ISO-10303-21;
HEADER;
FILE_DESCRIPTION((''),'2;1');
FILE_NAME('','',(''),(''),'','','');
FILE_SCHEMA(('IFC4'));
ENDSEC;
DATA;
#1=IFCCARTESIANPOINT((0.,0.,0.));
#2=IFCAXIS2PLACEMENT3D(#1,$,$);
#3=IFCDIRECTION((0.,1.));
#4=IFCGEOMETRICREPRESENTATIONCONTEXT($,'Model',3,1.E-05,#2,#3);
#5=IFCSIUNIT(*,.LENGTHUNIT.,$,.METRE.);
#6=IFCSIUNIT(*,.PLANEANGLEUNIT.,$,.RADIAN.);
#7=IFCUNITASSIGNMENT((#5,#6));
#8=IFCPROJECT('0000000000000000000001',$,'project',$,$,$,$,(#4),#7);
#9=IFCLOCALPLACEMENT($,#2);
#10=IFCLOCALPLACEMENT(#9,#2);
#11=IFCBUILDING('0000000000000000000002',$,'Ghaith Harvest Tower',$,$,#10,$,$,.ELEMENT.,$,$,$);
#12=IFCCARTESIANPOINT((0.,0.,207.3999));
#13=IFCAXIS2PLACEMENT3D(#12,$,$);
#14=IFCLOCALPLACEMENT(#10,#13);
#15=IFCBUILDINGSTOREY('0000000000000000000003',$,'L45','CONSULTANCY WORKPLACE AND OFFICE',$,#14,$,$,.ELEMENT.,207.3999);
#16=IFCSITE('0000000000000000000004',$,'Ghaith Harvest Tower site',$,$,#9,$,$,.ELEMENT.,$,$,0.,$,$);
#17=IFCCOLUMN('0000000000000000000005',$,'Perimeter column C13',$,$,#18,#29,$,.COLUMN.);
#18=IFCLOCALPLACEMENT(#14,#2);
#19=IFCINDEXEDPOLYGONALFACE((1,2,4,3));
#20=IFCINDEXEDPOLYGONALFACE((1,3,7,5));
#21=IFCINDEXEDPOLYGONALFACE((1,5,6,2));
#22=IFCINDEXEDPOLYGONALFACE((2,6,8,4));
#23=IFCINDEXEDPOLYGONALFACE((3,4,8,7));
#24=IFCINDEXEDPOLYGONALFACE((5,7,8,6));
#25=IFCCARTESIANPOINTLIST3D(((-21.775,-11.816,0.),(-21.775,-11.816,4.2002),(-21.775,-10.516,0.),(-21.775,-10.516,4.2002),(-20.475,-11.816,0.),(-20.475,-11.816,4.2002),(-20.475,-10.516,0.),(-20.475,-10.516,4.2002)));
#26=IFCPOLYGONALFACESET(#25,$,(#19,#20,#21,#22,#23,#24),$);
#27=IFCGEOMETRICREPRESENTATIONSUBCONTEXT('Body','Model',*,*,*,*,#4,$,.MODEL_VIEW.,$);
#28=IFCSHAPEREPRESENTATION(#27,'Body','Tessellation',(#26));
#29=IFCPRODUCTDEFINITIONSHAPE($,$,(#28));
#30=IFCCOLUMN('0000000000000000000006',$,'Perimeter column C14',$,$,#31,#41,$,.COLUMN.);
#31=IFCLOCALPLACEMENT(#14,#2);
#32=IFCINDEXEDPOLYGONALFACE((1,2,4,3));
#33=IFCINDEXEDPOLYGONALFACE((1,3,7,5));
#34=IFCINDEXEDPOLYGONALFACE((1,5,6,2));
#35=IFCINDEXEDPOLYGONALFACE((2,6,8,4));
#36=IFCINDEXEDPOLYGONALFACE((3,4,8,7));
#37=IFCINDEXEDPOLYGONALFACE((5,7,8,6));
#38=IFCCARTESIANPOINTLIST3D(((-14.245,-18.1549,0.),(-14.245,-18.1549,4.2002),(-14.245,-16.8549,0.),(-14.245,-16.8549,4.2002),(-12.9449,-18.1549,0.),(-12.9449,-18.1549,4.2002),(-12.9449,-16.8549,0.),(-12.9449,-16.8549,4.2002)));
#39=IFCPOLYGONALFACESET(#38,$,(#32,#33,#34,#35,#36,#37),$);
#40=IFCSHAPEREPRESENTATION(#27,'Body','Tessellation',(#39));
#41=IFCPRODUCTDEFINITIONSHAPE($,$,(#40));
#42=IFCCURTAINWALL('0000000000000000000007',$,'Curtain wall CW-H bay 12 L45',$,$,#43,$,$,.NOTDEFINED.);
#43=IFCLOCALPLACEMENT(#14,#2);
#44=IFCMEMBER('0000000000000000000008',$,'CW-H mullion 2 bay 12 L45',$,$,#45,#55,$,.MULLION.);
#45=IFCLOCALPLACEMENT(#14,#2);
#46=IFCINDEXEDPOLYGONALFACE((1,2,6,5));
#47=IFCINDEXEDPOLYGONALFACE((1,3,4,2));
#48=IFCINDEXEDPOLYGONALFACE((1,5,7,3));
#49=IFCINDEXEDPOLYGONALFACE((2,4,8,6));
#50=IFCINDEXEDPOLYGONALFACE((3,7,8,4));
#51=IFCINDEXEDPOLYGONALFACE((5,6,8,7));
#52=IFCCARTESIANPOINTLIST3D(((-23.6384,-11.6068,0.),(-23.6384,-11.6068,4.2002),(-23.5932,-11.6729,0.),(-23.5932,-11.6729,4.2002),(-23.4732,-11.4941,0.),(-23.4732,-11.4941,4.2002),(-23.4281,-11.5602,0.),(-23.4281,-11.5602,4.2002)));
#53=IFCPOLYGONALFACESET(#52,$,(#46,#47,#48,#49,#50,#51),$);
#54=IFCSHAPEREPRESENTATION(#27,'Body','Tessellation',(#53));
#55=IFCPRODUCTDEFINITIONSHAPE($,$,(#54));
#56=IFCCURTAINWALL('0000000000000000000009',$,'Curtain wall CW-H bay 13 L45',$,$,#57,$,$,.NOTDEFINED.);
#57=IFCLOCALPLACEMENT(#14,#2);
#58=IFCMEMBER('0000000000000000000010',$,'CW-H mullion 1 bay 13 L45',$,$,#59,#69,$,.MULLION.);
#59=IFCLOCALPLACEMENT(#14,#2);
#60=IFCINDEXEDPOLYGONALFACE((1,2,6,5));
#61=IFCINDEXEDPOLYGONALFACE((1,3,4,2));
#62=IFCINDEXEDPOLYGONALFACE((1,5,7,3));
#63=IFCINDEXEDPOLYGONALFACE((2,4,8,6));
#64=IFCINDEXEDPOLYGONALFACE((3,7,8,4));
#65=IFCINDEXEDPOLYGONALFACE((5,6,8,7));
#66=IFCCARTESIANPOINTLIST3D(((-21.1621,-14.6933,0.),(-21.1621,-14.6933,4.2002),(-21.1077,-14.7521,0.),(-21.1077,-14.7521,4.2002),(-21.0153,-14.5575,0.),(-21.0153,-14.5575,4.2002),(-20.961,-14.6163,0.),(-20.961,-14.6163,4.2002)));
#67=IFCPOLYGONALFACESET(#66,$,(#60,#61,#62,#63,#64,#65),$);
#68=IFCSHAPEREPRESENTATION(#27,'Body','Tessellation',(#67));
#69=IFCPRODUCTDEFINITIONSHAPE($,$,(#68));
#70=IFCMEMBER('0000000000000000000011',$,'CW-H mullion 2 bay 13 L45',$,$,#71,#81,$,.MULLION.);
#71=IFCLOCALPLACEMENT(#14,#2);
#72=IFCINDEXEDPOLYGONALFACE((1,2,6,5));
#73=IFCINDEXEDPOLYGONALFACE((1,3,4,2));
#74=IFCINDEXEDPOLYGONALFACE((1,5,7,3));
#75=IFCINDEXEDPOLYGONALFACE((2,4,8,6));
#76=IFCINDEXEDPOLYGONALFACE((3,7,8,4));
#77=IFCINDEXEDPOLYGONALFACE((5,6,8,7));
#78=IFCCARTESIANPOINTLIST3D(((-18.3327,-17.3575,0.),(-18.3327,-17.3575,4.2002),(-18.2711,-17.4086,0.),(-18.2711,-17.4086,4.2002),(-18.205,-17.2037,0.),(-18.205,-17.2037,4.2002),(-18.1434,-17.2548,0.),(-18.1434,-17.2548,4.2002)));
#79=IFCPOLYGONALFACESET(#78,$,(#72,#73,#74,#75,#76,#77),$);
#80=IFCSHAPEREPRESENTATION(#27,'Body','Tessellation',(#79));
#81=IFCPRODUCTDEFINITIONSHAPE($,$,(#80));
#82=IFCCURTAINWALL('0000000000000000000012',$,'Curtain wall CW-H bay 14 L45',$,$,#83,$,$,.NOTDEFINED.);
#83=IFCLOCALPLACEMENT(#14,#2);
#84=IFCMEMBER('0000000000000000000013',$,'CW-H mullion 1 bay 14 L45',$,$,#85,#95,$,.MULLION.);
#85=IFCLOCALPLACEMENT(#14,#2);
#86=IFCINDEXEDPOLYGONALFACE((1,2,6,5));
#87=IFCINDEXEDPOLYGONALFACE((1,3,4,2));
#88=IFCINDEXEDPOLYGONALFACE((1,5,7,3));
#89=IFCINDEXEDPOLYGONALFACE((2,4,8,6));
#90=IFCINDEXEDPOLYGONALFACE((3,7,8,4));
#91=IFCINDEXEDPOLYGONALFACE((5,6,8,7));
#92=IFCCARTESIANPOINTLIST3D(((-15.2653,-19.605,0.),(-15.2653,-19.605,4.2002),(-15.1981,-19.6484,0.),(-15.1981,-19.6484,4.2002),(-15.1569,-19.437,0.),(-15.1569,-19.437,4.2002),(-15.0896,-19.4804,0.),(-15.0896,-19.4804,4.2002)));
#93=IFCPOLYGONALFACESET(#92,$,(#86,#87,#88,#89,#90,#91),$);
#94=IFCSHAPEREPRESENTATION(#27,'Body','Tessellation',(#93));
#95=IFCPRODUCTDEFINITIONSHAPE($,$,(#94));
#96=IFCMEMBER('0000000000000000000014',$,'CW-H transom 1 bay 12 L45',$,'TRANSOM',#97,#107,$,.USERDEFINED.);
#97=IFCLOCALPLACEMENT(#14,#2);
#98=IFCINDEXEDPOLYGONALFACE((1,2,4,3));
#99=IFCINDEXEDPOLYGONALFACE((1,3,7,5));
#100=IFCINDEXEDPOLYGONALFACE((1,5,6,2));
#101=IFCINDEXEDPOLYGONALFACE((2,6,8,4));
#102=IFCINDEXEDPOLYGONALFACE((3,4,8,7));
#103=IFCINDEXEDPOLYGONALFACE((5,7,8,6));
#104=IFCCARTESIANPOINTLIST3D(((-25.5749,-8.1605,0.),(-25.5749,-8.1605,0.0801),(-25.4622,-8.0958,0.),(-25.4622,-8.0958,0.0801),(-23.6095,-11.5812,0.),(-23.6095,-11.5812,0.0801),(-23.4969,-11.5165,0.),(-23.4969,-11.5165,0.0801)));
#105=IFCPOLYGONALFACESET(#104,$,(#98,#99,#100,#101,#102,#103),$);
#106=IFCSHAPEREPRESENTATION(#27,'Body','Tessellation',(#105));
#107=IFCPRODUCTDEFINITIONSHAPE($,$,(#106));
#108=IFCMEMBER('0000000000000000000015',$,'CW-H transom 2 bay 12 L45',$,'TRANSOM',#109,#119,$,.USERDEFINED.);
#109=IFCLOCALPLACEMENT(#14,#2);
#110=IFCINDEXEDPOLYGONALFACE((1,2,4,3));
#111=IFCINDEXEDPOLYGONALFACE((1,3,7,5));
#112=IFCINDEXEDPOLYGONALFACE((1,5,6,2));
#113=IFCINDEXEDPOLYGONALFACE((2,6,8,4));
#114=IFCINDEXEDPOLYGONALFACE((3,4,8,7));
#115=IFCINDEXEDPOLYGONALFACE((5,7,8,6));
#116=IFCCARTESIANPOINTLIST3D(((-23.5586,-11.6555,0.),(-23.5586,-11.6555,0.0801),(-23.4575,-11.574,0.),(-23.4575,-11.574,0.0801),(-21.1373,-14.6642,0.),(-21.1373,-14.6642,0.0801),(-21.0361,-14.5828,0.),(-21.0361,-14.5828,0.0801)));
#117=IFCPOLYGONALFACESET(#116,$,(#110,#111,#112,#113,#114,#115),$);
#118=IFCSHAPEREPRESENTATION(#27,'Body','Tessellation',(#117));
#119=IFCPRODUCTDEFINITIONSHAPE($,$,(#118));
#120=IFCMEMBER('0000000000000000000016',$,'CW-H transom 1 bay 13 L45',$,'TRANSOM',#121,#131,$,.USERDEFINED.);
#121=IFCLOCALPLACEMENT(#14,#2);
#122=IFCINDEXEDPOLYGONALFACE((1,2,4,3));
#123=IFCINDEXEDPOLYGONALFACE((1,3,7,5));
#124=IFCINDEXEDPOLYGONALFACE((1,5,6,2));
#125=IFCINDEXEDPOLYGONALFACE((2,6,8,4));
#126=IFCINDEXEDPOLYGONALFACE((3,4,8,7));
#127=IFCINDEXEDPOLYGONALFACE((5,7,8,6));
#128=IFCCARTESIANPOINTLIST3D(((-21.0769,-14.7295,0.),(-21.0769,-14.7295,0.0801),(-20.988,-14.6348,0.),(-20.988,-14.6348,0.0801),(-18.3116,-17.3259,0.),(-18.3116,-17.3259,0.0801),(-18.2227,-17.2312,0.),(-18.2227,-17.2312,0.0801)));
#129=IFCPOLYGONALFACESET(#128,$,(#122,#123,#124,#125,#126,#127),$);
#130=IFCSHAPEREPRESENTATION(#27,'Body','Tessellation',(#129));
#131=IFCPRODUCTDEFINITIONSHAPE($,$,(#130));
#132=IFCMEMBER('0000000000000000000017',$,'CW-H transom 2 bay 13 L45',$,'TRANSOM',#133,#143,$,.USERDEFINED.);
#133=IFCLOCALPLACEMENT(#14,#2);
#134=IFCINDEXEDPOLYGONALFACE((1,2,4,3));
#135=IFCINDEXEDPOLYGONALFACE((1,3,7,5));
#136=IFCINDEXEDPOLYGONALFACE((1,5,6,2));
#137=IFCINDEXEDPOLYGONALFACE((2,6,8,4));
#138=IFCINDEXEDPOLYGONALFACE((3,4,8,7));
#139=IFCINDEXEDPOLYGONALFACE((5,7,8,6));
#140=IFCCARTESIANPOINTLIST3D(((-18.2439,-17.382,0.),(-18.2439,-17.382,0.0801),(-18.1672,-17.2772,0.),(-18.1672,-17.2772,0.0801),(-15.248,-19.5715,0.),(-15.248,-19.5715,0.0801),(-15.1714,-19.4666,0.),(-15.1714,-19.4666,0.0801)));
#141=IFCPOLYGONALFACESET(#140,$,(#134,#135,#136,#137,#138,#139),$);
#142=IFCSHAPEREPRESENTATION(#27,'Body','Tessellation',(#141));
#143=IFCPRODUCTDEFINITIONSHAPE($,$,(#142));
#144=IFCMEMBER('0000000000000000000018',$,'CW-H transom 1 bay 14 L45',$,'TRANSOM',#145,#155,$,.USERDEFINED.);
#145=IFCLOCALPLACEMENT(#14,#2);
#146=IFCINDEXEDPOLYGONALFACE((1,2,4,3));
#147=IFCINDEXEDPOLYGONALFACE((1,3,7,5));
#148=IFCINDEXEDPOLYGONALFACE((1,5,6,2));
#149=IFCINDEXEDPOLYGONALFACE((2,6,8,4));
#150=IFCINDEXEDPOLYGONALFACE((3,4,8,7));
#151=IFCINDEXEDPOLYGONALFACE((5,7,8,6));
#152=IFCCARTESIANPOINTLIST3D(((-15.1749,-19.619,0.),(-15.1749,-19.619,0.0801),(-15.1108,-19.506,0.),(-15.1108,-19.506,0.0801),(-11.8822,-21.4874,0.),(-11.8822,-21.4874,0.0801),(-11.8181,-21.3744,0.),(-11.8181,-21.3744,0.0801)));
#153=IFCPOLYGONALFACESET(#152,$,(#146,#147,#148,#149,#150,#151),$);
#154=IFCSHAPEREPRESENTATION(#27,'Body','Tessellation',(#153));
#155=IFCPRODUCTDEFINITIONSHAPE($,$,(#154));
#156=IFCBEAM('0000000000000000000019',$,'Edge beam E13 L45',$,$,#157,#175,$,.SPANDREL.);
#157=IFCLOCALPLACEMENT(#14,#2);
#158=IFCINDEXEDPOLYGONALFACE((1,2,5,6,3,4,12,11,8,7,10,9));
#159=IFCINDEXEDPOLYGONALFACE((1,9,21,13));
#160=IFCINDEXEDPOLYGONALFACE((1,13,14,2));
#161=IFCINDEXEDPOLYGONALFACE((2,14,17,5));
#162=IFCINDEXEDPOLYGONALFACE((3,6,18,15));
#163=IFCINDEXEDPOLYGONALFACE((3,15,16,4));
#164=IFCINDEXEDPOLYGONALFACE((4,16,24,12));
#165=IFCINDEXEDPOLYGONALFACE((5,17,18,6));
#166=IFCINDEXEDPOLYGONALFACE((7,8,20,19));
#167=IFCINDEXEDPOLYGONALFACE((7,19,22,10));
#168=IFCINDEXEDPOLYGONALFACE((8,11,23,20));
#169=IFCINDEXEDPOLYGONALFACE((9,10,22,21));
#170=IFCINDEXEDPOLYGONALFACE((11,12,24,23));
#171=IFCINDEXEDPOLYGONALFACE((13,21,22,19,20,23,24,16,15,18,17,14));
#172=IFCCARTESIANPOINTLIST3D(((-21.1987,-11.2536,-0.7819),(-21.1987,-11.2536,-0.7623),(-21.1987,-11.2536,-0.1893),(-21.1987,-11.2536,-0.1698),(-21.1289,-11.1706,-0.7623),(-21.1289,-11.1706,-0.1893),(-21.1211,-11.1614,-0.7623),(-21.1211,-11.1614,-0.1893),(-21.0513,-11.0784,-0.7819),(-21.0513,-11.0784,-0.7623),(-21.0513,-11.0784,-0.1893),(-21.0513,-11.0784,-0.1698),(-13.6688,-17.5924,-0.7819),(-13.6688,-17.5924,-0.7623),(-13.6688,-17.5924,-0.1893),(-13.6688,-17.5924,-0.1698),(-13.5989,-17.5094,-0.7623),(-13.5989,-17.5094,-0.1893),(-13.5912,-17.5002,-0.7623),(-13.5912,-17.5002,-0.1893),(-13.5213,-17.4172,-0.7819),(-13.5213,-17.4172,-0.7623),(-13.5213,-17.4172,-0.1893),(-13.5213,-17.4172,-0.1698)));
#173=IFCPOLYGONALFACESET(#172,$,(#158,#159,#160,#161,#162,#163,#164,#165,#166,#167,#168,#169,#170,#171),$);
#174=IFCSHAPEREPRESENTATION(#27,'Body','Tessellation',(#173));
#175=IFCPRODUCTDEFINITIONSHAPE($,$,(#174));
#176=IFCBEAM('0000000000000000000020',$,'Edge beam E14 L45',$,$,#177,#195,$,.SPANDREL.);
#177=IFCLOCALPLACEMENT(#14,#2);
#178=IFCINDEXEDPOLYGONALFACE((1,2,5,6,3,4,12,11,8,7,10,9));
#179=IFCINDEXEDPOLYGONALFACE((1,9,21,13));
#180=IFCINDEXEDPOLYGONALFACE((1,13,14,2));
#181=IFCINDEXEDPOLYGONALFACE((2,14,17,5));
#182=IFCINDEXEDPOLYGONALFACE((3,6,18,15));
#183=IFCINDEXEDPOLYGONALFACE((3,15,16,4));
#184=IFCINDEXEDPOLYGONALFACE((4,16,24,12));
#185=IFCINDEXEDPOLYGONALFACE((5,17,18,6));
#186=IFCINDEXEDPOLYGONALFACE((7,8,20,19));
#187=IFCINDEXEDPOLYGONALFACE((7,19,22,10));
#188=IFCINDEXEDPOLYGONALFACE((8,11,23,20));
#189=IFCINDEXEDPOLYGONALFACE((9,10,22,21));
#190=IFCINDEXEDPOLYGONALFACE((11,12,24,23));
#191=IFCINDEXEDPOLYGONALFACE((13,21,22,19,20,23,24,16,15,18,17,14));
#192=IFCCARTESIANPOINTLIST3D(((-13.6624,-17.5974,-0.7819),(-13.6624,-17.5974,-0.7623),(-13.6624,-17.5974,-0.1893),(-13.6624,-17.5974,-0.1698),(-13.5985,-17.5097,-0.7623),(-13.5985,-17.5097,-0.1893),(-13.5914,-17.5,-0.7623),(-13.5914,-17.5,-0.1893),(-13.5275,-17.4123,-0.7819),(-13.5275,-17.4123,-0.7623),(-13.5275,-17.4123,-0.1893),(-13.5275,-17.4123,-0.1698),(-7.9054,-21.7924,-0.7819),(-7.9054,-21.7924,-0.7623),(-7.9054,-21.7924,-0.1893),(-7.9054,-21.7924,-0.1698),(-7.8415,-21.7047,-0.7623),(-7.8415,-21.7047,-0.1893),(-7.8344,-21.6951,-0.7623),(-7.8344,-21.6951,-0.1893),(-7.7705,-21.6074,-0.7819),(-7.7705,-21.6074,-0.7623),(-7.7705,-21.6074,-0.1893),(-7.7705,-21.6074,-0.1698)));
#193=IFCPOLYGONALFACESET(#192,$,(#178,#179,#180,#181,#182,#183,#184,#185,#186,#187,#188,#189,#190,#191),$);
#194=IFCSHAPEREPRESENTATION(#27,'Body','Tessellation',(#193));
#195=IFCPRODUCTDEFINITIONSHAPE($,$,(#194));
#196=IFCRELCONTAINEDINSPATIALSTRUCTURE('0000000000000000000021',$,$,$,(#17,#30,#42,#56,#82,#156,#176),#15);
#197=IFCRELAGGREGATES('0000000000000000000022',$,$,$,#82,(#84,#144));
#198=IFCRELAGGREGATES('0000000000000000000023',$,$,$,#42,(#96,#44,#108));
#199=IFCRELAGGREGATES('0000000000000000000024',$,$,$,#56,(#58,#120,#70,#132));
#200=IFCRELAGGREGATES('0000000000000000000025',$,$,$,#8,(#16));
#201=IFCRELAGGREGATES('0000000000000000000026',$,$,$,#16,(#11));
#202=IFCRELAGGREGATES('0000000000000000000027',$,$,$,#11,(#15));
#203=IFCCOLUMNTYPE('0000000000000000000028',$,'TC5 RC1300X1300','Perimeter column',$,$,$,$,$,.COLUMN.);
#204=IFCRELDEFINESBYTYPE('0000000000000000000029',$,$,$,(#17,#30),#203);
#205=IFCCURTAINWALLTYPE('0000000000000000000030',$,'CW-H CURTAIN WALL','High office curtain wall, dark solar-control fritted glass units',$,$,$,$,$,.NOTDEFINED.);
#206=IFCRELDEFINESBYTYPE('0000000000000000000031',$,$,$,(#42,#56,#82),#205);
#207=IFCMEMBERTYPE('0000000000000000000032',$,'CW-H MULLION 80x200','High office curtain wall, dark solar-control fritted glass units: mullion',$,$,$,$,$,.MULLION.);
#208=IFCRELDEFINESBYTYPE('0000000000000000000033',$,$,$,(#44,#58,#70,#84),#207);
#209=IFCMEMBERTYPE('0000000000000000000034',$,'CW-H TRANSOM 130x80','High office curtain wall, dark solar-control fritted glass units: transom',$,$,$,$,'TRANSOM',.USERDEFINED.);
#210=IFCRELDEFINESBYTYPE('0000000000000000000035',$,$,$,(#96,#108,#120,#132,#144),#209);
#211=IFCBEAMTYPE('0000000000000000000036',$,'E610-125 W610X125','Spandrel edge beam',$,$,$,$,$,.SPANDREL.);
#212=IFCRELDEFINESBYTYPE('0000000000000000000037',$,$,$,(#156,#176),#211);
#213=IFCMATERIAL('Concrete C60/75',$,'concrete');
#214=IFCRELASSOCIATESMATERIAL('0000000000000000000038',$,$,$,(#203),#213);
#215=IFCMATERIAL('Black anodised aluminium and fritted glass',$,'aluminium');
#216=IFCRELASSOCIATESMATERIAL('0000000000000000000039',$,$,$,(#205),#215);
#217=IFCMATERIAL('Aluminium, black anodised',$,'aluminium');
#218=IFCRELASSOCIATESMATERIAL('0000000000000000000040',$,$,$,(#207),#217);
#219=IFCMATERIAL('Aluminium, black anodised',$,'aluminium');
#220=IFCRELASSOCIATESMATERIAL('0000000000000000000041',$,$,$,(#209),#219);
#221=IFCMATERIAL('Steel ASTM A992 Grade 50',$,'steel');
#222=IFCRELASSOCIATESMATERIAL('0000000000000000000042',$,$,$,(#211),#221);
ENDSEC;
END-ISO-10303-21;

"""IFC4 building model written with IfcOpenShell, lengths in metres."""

from ifc_helpers import new_model, si_unit, direction, frame, origin, origin_2d, place, context, subcontext, project, spatial, rectangle, i_section, extrude, material, material_profile, profile_set, type_object, element, aggregate, save


model = new_model("IFC4")

# Units and contexts
model_context = context("Model", 3, precision=1e-05, world=origin(), true_north=direction((0.0, 1.0)))
body_context = subcontext(model_context, "Body", "Model", "MODEL_VIEW")
ifc_project = project(units=[si_unit("LENGTHUNIT", "METRE"), si_unit("PLANEANGLEUNIT", "RADIAN")], contexts=[model_context])

# Site, building, storey
site_placement = place(None, origin())
site = spatial("IfcSite", under=ifc_project, at=site_placement, Name="Ghaith Harvest Tower site", CompositionType="ELEMENT", RefElevation=0.0)
building_placement = place(site_placement, origin())
building = spatial("IfcBuilding", under=site, at=building_placement, Name="Ghaith Harvest Tower", CompositionType="ELEMENT")
storey_placement = place(building_placement, frame((0.0, 0.0, 207.3999)))
storey = spatial("IfcBuildingStorey", under=building, at=storey_placement, Name="L45", Description="CONSULTANCY WORKPLACE AND OFFICE", CompositionType="ELEMENT", Elevation=207.3999)

# Columns
ifc_material_1 = material(Name="Concrete C60/75", Category="concrete")
ifc_material_profile_1 = material_profile(ifc_material_1, rectangle(XDim=1.3, YDim=1.3, at=origin_2d()), Name="RC1300X1300")
ifc_profile_set_1 = profile_set([ifc_material_profile_1], Name="Concrete C60/75")
column_type = type_object("IfcColumnType", Name="TC5 RC1300X1300", Description="Perimeter column", PredefinedType="COLUMN", material=ifc_profile_set_1)
for number, where, z_axis, x_axis, name in (
    (1, (-21.125, -11.166, 0.0), (0.0, 0.0, 1.0), (1.0, 0.0, 0.0), "Perimeter column C13"),
    (2, (-13.595, -17.5049, 0.0), (0.0, 0.0, 1.0), (1.0, 0.0, 0.0), "Perimeter column C14"),
):
    element("IfcColumn", number, at=place(storey_placement, frame(where, z_axis=z_axis, x_axis=x_axis)), inside=storey, type_object=column_type, Name=name, PredefinedType="COLUMN", context=body_context, shape_type="SweptSolid", body=[
        extrude(rectangle(XDim=1.3, YDim=1.3, at=origin_2d()), origin(), (0.0, 0.0, 1.0), 4.2002),
    ])

# Curtain wall, member
ifc_material_2 = material(Name="Black anodised aluminium and fritted glass", Category="aluminium")
curtain_wall_type = type_object("IfcCurtainWallType", Name="CW-H CURTAIN WALL", Description="High office curtain wall, dark solar-control fritted glass units", PredefinedType="NOTDEFINED", material=ifc_material_2)
curtain_wall_1_placement = place(storey_placement, origin())
curtain_wall_1 = element("IfcCurtainWall", 3, at=curtain_wall_1_placement, inside=storey, type_object=curtain_wall_type, Name="Curtain wall CW-H bay 12 L45", PredefinedType="NOTDEFINED")
ifc_material_3 = material(Name="Aluminium, black anodised", Category="aluminium")
ifc_material_profile_2 = material_profile(ifc_material_3, rectangle(XDim=0.0801, YDim=0.2, at=origin_2d()), Name="CW-H MULLION 80x200")
ifc_profile_set_2 = profile_set([ifc_material_profile_2], Name="Aluminium, black anodised")
member_type_1 = type_object("IfcMemberType", Name="CW-H MULLION 80x200", Description="High office curtain wall, dark solar-control fritted glass units: mullion", PredefinedType="MULLION", material=ifc_profile_set_2)
member_1_placement = place(storey_placement, frame((-23.5332, -11.5835, 0.0), z_axis=(0.0, 0.0, 1.0), x_axis=(0.563617, -0.826037, 0.0)))
member_1 = element("IfcMember", 4, at=member_1_placement, type_object=member_type_1, Name="CW-H mullion 2 bay 12 L45", PredefinedType="MULLION", context=body_context, shape_type="SweptSolid", body=[
    extrude(rectangle(XDim=0.0801, YDim=0.2, at=origin_2d()), origin(), (0.0, 0.0, 1.0), 4.2002),
])

# Curtain wall, members
curtain_wall_2_placement = place(storey_placement, origin())
curtain_wall_2 = element("IfcCurtainWall", 5, at=curtain_wall_2_placement, inside=storey, type_object=curtain_wall_type, Name="Curtain wall CW-H bay 13 L45", PredefinedType="NOTDEFINED")
member_2_placement = place(storey_placement, frame((-21.0615, -14.6548, 0.0), z_axis=(0.0, 0.0, 1.0), x_axis=(0.679182, -0.73397, 0.0)))
member_2 = element("IfcMember", 6, at=member_2_placement, type_object=member_type_1, Name="CW-H mullion 1 bay 13 L45", PredefinedType="MULLION", context=body_context, shape_type="SweptSolid", body=[
    extrude(rectangle(XDim=0.0801, YDim=0.2, at=origin_2d()), origin(), (0.0, 0.0, 1.0), 4.2002),
])
member_3_placement = place(storey_placement, frame((-18.238, -17.3062, 0.0), z_axis=(0.0, 0.0, 1.0), x_axis=(0.769217, -0.638988, 0.0)))
member_3 = element("IfcMember", 7, at=member_3_placement, type_object=member_type_1, Name="CW-H mullion 2 bay 13 L45", PredefinedType="MULLION", context=body_context, shape_type="SweptSolid", body=[
    extrude(rectangle(XDim=0.0801, YDim=0.2, at=origin_2d()), origin(), (0.0, 0.0, 1.0), 4.2002),
])

# Curtain wall, member
curtain_wall_3_placement = place(storey_placement, origin())
curtain_wall_3 = element("IfcCurtainWall", 8, at=curtain_wall_3_placement, inside=storey, type_object=curtain_wall_type, Name="Curtain wall CW-H bay 14 L45", PredefinedType="NOTDEFINED")
member_4_placement = place(storey_placement, frame((-15.1775, -19.5427, 0.0), z_axis=(0.0, 0.0, 1.0), x_axis=(0.840234, -0.542225, 0.0)))
member_4 = element("IfcMember", 9, at=member_4_placement, type_object=member_type_1, Name="CW-H mullion 1 bay 14 L45", PredefinedType="MULLION", context=body_context, shape_type="SweptSolid", body=[
    extrude(rectangle(XDim=0.0801, YDim=0.2, at=origin_2d()), origin(), (0.0, 0.0, 1.0), 4.2002),
])

# Members
ifc_material_4 = material(Name="Aluminium, black anodised", Category="aluminium")
ifc_material_profile_3 = material_profile(ifc_material_4, rectangle(XDim=0.1299, YDim=0.0801, at=origin_2d()), Name="CW-H TRANSOM 130x80")
ifc_profile_set_3 = profile_set([ifc_material_profile_3], Name="Aluminium, black anodised")
member_type_2 = type_object("IfcMemberType", Name="CW-H TRANSOM 130x80", Description="High office curtain wall, dark solar-control fritted glass units: transom", ElementType="TRANSOM", PredefinedType="USERDEFINED", material=ifc_profile_set_3)
member_5_placement = place(storey_placement, frame((-25.5186, -8.1282, 0.04), z_axis=(0.498177, -0.867075, 0.0), x_axis=(0.867075, 0.498177, 0.0)))
member_5 = element("IfcMember", 10, at=member_5_placement, type_object=member_type_2, Name="CW-H transom 1 bay 12 L45", ObjectType="TRANSOM", PredefinedType="USERDEFINED", context=body_context, shape_type="SweptSolid", body=[
    extrude(rectangle(XDim=0.1299, YDim=0.0801, at=origin_2d()), origin(), (0.0, 0.0, 1.0), 3.9451),
])
member_6_placement = place(storey_placement, frame((-23.5081, -11.6147, 0.04), z_axis=(0.626959, -0.779052, 0.0), x_axis=(0.779052, 0.626959, 0.0)))
member_6 = element("IfcMember", 11, at=member_6_placement, type_object=member_type_2, Name="CW-H transom 2 bay 12 L45", ObjectType="TRANSOM", PredefinedType="USERDEFINED", context=body_context, shape_type="SweptSolid", body=[
    extrude(rectangle(XDim=0.1299, YDim=0.0801, at=origin_2d()), origin(), (0.0, 0.0, 1.0), 3.8621),
])
member_7_placement = place(storey_placement, frame((-21.0325, -14.6821, 0.04), z_axis=(0.729025, -0.684487, 0.0), x_axis=(0.684487, 0.729025, 0.0)))
member_7 = element("IfcMember", 12, at=member_7_placement, type_object=member_type_2, Name="CW-H transom 1 bay 13 L45", ObjectType="TRANSOM", PredefinedType="USERDEFINED", context=body_context, shape_type="SweptSolid", body=[
    extrude(rectangle(XDim=0.1299, YDim=0.0801, at=origin_2d()), origin(), (0.0, 0.0, 1.0), 3.7932),
])
member_8_placement = place(storey_placement, frame((-18.2056, -17.3296, 0.04), z_axis=(0.807368, -0.590048, 0.0), x_axis=(0.590048, 0.807368, 0.0)))
member_8 = element("IfcMember", 13, at=member_8_placement, type_object=member_type_2, Name="CW-H transom 2 bay 13 L45", ObjectType="TRANSOM", PredefinedType="USERDEFINED", context=body_context, shape_type="SweptSolid", body=[
    extrude(rectangle(XDim=0.1299, YDim=0.0801, at=origin_2d()), origin(), (0.0, 0.0, 1.0), 3.7107),
])
member_9_placement = place(storey_placement, frame((-15.1428, -19.5625, 0.04), z_axis=(0.869735, -0.493519, 0.0), x_axis=(0.493519, 0.869735, 0.0)))
member_9 = element("IfcMember", 14, at=member_9_placement, type_object=member_type_2, Name="CW-H transom 1 bay 14 L45", ObjectType="TRANSOM", PredefinedType="USERDEFINED", context=body_context, shape_type="SweptSolid", body=[
    extrude(rectangle(XDim=0.1299, YDim=0.0801, at=origin_2d()), origin(), (0.0, 0.0, 1.0), 3.7859),
])
aggregate(curtain_wall_3, [member_4, member_9])

# Beams
ifc_material_5 = material(Name="Steel ASTM A992 Grade 50", Category="steel")
ifc_material_profile_4 = material_profile(ifc_material_5, i_section(OverallWidth=0.229, OverallDepth=0.6121, WebThickness=0.012, FlangeThickness=0.0195, at=origin_2d()), Name="W610X125")
ifc_profile_set_4 = profile_set([ifc_material_profile_4], Name="Steel ASTM A992 Grade 50")
beam_type = type_object("IfcBeamType", Name="E610-125 W610X125", Description="Spandrel edge beam", PredefinedType="SPANDREL", material=ifc_profile_set_4)
beam_1_placement = place(storey_placement, frame((-21.125, -11.166, -0.4758), z_axis=(0.765022, -0.644004, 0.0), x_axis=(0.644004, 0.765022, 0.0)))
element("IfcBeam", 15, at=beam_1_placement, inside=storey, type_object=beam_type, Name="Edge beam E13 L45", PredefinedType="SPANDREL", context=body_context, shape_type="SweptSolid", body=[
    extrude(i_section(OverallWidth=0.229, OverallDepth=0.6121, WebThickness=0.012, FlangeThickness=0.0195, at=origin_2d()), origin(), (0.0, 0.0, 1.0), 9.8428),
])
beam_2_placement = place(storey_placement, frame((-13.595, -17.5049, -0.4758), z_axis=(0.808195, -0.588915, 0.0), x_axis=(0.588915, 0.808195, 0.0)))
element("IfcBeam", 16, at=beam_2_placement, inside=storey, type_object=beam_type, Name="Edge beam E14 L45", PredefinedType="SPANDREL", context=body_context, shape_type="SweptSolid", body=[
    extrude(i_section(OverallWidth=0.229, OverallDepth=0.6121, WebThickness=0.012, FlangeThickness=0.0195, at=origin_2d()), origin(), (0.0, 0.0, 1.0), 7.1233),
])

aggregate(curtain_wall_1, [member_5, member_1, member_6])
aggregate(curtain_wall_2, [member_2, member_7, member_3, member_8])

save(model, "model.ifc")
